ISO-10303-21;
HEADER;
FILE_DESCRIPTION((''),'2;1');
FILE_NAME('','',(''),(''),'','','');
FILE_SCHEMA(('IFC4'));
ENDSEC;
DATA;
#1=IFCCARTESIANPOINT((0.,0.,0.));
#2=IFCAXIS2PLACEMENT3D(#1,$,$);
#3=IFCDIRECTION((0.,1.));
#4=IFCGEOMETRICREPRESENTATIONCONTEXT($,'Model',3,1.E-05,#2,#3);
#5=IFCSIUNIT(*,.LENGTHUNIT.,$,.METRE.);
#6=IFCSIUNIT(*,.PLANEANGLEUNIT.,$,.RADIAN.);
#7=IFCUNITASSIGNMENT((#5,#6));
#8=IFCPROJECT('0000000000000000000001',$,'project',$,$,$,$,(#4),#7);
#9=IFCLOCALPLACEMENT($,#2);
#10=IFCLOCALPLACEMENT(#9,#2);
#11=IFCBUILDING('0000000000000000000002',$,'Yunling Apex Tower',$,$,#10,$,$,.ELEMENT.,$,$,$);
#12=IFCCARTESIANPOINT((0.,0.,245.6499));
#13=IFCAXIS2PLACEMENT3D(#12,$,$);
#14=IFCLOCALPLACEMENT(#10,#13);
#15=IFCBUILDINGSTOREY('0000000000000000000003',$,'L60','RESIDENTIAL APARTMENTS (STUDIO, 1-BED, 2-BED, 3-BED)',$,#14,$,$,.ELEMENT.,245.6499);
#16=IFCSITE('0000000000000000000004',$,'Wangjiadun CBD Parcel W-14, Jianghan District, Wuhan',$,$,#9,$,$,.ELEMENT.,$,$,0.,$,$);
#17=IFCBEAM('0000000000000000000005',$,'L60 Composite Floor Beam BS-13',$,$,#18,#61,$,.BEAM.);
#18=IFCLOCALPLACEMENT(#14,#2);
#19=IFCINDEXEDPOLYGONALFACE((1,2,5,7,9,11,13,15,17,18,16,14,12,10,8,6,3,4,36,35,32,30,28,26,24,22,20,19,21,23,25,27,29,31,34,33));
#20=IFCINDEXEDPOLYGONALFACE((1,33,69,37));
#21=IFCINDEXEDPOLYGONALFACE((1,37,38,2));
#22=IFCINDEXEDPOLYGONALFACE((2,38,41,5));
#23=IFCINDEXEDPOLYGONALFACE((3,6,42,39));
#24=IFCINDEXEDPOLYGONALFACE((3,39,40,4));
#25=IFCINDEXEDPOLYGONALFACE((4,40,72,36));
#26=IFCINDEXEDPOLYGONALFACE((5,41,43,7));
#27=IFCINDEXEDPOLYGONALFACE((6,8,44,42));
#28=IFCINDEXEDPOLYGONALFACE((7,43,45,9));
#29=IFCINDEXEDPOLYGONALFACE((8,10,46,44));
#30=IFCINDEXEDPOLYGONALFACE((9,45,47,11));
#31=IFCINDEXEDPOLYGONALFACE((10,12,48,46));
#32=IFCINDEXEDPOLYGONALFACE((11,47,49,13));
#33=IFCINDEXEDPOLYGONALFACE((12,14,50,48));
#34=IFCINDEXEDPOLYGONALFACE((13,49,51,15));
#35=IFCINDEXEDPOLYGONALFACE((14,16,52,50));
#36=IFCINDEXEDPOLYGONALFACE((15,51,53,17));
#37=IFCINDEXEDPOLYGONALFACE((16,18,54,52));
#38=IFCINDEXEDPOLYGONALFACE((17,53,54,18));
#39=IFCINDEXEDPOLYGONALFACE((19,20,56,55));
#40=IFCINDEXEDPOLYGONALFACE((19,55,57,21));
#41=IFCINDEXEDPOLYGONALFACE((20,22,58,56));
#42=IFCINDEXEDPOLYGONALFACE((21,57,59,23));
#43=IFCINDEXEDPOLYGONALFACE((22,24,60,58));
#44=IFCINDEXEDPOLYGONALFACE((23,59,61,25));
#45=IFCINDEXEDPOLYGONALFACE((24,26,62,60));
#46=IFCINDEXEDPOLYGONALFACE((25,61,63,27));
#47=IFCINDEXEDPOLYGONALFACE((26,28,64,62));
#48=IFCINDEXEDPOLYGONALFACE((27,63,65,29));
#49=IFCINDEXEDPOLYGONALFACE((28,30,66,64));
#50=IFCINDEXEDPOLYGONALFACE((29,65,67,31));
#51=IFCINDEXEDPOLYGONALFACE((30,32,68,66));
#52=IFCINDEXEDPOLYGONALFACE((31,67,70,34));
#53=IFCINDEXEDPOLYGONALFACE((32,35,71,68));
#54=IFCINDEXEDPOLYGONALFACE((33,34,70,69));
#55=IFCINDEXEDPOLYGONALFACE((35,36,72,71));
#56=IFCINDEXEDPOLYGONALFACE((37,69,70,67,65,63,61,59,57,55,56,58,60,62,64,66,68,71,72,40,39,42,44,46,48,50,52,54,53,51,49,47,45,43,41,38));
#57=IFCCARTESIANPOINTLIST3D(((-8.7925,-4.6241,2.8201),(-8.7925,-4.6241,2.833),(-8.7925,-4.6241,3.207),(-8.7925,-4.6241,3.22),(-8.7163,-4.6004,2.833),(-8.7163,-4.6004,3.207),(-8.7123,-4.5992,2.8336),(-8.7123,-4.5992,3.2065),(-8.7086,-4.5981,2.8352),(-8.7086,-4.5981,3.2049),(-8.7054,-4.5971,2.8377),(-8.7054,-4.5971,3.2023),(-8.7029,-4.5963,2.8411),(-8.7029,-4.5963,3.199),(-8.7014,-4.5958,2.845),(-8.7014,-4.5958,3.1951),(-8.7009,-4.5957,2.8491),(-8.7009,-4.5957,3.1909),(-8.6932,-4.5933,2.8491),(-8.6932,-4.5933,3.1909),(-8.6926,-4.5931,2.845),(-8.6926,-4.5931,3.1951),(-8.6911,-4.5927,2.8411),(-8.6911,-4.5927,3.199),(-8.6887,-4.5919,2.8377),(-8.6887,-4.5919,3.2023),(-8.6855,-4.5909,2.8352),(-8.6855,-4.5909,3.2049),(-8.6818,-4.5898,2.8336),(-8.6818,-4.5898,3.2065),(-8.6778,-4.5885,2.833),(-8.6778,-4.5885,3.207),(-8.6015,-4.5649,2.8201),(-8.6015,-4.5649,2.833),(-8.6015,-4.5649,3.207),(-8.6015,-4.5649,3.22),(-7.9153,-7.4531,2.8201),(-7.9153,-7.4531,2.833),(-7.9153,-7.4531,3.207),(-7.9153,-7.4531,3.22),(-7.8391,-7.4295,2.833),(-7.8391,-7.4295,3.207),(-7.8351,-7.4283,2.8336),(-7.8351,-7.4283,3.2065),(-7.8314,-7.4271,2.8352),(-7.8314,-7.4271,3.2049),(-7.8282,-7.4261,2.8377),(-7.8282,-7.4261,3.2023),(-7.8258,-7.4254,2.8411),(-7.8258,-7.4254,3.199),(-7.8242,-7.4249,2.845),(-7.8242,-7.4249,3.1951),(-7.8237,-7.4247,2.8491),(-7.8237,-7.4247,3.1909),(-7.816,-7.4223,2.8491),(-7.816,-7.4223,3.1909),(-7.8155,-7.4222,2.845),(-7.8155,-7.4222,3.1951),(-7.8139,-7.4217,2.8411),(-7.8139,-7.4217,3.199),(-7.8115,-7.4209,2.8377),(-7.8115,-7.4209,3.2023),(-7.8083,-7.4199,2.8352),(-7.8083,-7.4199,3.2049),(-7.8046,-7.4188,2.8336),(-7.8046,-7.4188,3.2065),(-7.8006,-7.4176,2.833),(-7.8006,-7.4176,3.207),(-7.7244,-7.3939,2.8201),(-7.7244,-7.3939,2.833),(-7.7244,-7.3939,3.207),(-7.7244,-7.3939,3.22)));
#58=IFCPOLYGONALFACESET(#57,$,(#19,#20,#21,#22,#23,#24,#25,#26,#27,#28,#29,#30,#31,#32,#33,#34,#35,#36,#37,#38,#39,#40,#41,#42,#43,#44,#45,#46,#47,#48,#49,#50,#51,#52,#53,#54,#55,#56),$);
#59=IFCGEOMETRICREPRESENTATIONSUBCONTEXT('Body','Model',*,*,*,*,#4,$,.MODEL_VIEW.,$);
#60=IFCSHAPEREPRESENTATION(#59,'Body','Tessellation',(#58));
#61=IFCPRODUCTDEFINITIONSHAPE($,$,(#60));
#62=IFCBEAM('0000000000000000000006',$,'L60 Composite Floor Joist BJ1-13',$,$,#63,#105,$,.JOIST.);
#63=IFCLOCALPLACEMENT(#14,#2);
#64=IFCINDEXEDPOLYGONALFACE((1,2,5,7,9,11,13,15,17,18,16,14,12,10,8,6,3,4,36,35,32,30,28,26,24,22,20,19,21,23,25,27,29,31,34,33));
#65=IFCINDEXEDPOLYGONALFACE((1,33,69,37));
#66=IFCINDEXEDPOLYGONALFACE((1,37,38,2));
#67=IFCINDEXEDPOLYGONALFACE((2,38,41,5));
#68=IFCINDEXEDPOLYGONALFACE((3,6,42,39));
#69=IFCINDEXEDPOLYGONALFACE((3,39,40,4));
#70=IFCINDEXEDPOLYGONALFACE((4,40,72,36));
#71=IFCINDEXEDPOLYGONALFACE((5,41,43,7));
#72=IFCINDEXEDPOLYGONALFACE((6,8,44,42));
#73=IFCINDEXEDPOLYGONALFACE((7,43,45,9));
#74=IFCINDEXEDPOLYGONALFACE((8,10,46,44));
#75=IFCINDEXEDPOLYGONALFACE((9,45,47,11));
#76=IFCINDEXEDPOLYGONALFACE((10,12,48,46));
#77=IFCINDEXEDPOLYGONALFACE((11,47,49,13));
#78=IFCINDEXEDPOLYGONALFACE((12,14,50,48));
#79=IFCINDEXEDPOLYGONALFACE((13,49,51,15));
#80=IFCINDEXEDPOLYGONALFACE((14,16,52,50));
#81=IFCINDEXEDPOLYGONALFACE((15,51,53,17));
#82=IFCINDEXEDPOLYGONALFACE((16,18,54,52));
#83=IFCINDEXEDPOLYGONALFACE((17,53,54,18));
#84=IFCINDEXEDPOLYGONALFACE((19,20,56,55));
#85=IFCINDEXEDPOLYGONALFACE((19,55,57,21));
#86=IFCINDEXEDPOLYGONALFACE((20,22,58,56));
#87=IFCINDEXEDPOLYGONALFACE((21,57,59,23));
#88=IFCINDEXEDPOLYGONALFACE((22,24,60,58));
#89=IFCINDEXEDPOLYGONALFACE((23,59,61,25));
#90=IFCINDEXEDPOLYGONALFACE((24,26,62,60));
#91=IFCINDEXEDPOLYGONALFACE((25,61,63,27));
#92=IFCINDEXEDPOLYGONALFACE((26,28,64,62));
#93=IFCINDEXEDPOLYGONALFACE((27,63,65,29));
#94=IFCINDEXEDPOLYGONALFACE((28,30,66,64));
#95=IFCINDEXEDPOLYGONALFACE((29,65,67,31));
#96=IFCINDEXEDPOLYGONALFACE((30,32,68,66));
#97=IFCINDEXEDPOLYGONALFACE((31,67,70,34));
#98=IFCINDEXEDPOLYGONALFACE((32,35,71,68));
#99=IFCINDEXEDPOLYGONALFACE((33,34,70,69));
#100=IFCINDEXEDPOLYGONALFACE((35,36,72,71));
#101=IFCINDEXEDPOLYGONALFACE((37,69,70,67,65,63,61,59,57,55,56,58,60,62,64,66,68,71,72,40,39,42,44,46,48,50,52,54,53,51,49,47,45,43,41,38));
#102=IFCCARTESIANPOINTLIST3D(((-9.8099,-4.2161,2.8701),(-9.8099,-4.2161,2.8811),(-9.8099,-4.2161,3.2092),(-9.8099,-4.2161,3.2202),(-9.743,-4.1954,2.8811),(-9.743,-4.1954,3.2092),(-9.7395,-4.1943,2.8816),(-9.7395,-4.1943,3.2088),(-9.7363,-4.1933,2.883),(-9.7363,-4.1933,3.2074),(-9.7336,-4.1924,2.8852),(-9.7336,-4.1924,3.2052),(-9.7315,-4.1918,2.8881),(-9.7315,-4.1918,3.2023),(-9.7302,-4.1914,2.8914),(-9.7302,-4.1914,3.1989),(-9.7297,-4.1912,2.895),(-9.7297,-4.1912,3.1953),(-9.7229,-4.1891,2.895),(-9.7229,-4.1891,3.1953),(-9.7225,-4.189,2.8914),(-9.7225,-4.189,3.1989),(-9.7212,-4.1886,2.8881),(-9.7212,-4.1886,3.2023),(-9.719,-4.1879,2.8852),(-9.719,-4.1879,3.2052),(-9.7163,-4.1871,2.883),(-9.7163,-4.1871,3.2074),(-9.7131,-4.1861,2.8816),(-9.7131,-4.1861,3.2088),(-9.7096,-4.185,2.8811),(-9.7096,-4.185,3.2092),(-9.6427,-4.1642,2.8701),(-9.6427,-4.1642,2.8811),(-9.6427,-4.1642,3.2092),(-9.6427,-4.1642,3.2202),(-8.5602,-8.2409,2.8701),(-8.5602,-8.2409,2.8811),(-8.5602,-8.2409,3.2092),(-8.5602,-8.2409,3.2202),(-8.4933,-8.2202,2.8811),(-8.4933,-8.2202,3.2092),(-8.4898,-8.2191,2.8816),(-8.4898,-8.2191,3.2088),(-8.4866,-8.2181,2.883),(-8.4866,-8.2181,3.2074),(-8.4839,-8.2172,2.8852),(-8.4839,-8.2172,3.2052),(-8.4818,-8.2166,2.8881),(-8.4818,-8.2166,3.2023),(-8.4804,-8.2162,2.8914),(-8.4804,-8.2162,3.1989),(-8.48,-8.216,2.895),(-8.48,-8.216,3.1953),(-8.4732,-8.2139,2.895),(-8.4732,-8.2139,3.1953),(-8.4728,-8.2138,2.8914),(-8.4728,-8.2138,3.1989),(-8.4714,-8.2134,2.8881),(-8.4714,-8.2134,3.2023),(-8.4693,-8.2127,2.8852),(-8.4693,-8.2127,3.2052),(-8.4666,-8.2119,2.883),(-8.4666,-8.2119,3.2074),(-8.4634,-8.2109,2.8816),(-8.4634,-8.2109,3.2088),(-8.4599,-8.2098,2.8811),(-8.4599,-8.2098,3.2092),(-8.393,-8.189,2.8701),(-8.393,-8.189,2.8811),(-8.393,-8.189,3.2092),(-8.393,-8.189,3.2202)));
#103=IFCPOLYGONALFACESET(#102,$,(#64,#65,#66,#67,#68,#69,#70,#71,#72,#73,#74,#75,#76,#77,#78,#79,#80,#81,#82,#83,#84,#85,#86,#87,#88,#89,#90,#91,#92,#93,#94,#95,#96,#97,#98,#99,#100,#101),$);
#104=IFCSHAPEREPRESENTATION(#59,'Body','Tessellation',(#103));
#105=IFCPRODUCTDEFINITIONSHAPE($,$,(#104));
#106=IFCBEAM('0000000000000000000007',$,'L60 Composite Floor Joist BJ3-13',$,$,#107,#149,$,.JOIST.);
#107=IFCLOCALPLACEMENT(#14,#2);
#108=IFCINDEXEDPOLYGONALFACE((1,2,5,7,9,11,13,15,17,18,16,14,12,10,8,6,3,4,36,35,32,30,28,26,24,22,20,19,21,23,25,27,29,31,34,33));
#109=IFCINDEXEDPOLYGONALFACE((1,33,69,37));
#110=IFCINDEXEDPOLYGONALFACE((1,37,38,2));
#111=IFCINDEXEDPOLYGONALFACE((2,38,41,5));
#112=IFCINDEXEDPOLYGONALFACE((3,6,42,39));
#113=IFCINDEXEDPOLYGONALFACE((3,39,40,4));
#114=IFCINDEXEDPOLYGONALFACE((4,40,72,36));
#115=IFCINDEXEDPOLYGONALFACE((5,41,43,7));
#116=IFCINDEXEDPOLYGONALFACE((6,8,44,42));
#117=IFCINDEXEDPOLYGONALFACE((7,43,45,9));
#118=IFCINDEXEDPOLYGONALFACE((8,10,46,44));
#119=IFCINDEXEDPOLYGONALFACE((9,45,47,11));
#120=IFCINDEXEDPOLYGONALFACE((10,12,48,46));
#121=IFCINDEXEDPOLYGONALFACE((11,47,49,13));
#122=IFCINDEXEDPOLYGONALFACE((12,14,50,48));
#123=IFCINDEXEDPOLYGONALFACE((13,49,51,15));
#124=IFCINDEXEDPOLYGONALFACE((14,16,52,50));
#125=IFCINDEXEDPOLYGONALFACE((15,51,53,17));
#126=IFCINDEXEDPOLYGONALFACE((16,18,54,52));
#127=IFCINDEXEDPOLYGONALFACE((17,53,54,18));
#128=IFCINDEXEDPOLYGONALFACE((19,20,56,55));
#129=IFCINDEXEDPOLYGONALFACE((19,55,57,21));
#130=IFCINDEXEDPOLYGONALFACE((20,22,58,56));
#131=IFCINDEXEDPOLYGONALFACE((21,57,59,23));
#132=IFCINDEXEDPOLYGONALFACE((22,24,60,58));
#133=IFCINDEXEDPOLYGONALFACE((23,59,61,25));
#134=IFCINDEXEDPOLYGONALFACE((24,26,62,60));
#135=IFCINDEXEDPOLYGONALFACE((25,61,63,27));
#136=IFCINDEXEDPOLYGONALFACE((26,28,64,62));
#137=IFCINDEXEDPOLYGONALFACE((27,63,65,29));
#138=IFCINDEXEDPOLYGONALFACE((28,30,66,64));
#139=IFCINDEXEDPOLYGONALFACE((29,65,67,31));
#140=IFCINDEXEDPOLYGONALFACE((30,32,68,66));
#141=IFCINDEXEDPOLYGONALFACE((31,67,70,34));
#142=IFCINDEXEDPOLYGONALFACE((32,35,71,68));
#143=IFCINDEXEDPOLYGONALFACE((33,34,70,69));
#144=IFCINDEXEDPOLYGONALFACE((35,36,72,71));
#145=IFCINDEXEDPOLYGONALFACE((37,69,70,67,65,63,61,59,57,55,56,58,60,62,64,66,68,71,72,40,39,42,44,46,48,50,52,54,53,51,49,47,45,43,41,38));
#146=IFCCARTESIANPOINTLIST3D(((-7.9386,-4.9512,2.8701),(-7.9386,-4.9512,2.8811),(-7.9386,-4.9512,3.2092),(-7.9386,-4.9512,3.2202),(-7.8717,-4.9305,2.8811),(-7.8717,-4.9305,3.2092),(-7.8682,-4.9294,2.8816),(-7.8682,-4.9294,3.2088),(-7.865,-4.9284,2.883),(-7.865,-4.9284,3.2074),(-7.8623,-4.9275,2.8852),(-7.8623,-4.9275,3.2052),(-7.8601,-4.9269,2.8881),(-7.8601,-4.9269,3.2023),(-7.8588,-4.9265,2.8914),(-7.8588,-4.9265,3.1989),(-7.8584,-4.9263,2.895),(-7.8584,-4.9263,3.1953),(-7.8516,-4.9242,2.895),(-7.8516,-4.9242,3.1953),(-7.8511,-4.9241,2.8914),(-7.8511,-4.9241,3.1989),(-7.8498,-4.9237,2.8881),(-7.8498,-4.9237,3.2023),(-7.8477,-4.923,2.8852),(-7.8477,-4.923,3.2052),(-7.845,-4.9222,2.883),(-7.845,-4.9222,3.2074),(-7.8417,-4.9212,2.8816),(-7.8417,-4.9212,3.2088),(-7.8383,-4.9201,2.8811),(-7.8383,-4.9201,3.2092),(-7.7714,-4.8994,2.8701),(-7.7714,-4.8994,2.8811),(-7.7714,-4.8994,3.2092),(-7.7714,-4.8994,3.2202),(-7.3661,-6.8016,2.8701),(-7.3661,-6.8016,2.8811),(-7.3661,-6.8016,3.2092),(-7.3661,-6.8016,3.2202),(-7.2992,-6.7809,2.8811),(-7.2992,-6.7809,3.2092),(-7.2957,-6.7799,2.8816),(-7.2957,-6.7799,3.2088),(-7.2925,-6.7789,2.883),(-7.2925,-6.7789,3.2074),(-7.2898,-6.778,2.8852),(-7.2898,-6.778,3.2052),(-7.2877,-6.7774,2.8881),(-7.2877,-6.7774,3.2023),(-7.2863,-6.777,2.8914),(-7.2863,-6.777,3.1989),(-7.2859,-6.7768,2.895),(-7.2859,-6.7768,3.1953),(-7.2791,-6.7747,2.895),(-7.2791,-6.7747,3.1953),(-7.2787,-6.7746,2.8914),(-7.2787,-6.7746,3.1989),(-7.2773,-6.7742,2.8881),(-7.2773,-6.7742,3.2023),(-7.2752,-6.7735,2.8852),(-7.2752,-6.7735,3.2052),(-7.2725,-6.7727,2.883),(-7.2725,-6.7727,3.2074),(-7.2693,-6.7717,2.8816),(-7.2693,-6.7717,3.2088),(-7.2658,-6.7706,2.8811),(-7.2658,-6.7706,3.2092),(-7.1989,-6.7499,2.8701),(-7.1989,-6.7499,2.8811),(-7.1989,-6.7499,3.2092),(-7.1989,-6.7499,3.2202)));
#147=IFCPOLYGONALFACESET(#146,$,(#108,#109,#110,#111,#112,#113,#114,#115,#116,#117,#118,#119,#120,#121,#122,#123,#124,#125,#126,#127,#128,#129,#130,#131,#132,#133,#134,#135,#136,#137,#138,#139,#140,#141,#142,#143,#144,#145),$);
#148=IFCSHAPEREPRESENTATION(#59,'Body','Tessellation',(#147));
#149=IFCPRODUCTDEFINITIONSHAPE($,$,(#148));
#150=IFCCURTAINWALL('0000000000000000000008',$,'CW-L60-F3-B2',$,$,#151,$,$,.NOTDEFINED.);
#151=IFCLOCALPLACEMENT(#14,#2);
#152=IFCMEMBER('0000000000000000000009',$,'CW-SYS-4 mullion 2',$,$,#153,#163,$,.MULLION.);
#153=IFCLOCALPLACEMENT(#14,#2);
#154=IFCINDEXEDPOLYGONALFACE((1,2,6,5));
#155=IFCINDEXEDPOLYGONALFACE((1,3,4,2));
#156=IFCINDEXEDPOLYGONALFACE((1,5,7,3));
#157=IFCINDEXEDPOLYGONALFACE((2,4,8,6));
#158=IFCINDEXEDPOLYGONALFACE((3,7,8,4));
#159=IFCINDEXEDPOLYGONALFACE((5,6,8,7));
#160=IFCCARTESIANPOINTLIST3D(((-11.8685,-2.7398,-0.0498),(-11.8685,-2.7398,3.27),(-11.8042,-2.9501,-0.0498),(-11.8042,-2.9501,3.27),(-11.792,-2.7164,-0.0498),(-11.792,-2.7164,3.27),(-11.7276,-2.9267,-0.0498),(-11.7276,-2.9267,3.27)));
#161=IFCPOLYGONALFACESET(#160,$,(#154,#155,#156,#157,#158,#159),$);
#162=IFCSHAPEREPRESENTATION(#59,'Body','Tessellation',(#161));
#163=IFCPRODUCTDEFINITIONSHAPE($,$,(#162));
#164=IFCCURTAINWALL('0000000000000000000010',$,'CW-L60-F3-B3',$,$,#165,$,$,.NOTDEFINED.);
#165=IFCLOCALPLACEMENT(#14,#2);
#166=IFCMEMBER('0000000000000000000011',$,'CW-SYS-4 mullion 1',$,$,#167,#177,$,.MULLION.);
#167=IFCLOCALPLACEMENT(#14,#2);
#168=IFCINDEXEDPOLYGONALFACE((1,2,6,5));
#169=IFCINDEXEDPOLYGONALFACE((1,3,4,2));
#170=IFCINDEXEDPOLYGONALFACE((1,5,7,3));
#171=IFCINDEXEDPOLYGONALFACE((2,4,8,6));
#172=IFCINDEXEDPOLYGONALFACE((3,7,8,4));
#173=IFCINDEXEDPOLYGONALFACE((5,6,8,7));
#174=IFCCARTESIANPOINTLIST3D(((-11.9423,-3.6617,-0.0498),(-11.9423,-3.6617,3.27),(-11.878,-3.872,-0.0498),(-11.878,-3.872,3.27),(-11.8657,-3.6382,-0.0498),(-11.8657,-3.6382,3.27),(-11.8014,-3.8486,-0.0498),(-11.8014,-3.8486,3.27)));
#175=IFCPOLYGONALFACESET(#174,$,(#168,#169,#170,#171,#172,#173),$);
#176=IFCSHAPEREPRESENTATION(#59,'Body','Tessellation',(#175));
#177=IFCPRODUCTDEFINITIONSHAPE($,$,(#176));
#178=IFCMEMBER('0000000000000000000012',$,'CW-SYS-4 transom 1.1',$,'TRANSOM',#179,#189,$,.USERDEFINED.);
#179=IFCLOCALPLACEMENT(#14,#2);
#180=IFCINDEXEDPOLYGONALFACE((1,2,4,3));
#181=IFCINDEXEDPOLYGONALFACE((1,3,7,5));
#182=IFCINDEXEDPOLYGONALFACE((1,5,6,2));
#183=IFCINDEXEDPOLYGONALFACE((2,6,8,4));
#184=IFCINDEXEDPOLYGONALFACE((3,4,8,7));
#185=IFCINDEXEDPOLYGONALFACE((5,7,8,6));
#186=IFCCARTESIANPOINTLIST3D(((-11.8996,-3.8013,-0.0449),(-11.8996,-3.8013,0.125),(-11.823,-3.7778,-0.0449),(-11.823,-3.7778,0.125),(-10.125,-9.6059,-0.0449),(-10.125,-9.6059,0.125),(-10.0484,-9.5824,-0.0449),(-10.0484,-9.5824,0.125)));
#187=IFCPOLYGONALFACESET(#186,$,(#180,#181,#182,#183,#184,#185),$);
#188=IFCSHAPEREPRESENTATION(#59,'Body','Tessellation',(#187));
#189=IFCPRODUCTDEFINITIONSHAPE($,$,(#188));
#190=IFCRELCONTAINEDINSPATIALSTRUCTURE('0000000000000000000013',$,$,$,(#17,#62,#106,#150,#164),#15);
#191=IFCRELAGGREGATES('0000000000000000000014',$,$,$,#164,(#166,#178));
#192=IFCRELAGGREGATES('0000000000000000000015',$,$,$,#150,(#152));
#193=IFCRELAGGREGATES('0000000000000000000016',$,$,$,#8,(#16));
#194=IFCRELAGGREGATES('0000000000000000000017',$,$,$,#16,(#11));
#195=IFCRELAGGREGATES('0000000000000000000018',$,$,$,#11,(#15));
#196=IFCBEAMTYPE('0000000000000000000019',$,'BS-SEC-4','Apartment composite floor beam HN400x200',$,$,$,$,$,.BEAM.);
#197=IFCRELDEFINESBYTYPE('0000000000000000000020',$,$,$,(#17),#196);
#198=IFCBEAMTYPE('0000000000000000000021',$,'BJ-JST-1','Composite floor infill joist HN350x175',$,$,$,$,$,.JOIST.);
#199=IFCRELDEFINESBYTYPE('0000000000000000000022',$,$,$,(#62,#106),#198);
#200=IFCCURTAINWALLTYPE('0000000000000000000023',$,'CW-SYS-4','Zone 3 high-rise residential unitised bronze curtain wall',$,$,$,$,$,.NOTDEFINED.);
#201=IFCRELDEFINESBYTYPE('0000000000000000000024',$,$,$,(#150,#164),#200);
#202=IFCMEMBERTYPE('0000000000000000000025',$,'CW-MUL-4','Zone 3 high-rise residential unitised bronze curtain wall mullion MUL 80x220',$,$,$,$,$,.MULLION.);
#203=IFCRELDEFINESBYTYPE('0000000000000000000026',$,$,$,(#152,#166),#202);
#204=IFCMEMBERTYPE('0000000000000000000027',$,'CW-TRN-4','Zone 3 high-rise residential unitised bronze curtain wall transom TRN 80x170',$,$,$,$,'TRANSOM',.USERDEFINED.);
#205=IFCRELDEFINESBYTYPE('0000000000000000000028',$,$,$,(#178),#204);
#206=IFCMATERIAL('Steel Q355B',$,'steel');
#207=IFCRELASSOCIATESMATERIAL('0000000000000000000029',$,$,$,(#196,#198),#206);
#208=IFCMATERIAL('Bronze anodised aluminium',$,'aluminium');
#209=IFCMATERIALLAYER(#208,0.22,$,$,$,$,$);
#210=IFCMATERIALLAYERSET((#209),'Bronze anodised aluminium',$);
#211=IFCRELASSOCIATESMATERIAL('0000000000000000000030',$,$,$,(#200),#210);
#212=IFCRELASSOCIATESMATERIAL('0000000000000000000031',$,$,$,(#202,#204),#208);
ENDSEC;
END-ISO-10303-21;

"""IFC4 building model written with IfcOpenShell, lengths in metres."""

from ifc_helpers import new_model, si_unit, direction, frame, origin, origin_2d, place, context, subcontext, project, spatial, rectangle, i_section, extrude, source, transform, mapped, material, layer, layer_set, material_profile, profile_set, type_object, element, aggregate, save


model = new_model("IFC4")

# Units and contexts
model_context = context("Model", 3, precision=1e-05, world=origin(), true_north=direction((0.0, 1.0)))
body_context = subcontext(model_context, "Body", "Model", "MODEL_VIEW")
ifc_project = project(units=[si_unit("LENGTHUNIT", "METRE"), si_unit("PLANEANGLEUNIT", "RADIAN")], contexts=[model_context])

# Site, building, storey
site_placement = place(None, origin())
site = spatial("IfcSite", under=ifc_project, at=site_placement, Name="Wangjiadun CBD Parcel W-14, Jianghan District, Wuhan", CompositionType="ELEMENT", RefElevation=0.0)
building_placement = place(site_placement, origin())
building = spatial("IfcBuilding", under=site, at=building_placement, Name="Yunling Apex Tower", CompositionType="ELEMENT")
storey_placement = place(building_placement, frame((0.0, 0.0, 245.6499)))
storey = spatial("IfcBuildingStorey", under=building, at=storey_placement, Name="L60", Description="RESIDENTIAL APARTMENTS (STUDIO, 1-BED, 2-BED, 3-BED)", CompositionType="ELEMENT", Elevation=245.6499)

# Beams
ifc_material_1 = material(Name="Steel Q355B", Category="steel")
ifc_material_profile_1 = material_profile(ifc_material_1, i_section(OverallWidth=0.2, OverallDepth=0.3999, WebThickness=0.0081, FlangeThickness=0.0129, FilletRadius=0.0161, at=origin_2d()))
ifc_profile_set_1 = profile_set([ifc_material_profile_1], Name="Steel Q355B")
beam_type_1 = type_object("IfcBeamType", Name="BS-SEC-4", Description="Apartment composite floor beam HN400x200", PredefinedType="BEAM", material=ifc_profile_set_1)
shared_shape_1 = source(origin(), body_context, "Body", "SweptSolid", [
    extrude(i_section(OverallWidth=0.2, OverallDepth=0.3999, WebThickness=0.0081, FlangeThickness=0.0129, FilletRadius=0.0161, at=origin_2d()), origin(), (0.0, 0.0, 1.0), 2.9619),
])
beam_1_placement = place(storey_placement, frame((-8.697, -4.5945, 3.02), z_axis=(0.296153, -0.955141, 0.0), x_axis=(0.955141, 0.296153, 0.0)))
element("IfcBeam", 1, at=beam_1_placement, inside=storey, type_object=beam_type_1, Name="L60 Composite Floor Beam BS-13", PredefinedType="BEAM", context=body_context, shape_type="MappedRepresentation", body=[
    mapped(shared_shape_1, transform((0.0, 0.0, 0.0), scale=1.0)),
])
ifc_material_profile_2 = material_profile(ifc_material_1, i_section(OverallWidth=0.175, OverallDepth=0.3501, WebThickness=0.0071, FlangeThickness=0.011, FilletRadius=0.0139, at=origin_2d()))
ifc_profile_set_2 = profile_set([ifc_material_profile_2], Name="Steel Q355B")
beam_type_2 = type_object("IfcBeamType", Name="BJ-JST-1", Description="Composite floor infill joist HN350x175", PredefinedType="JOIST", material=ifc_profile_set_2)
shared_shape_2 = source(origin(), body_context, "Body", "SweptSolid", [
    extrude(i_section(OverallWidth=0.175, OverallDepth=0.3501, WebThickness=0.0071, FlangeThickness=0.011, FilletRadius=0.0139, at=origin_2d()), origin(), (0.0, 0.0, 1.0), 4.2144),
])
beam_2_placement = place(storey_placement, frame((-9.7263, -4.1902, 3.0452), z_axis=(0.29654, -0.955021, 0.0), x_axis=(0.955021, 0.29654, 0.0)))
element("IfcBeam", 2, at=beam_2_placement, inside=storey, type_object=beam_type_2, Name="L60 Composite Floor Joist BJ1-13", PredefinedType="JOIST", context=body_context, shape_type="MappedRepresentation", body=[
    mapped(shared_shape_2, transform((0.0, 0.0, 0.0), scale=1.0)),
])
shared_shape_3 = source(origin(), body_context, "Body", "SweptSolid", [
    extrude(i_section(OverallWidth=0.175, OverallDepth=0.3501, WebThickness=0.0071, FlangeThickness=0.011, FilletRadius=0.0139, at=origin_2d()), origin(), (0.0, 0.0, 1.0), 1.937),
])
beam_3_placement = place(storey_placement, frame((-7.855, -4.9253, 3.0452), z_axis=(0.295547, -0.955328, 0.0), x_axis=(0.955328, 0.295547, 0.0)))
element("IfcBeam", 3, at=beam_3_placement, inside=storey, type_object=beam_type_2, Name="L60 Composite Floor Joist BJ3-13", PredefinedType="JOIST", context=body_context, shape_type="MappedRepresentation", body=[
    mapped(shared_shape_3, transform((0.0, 0.0, 0.0), scale=1.0)),
])

# Curtain wall, member
ifc_material_2 = material(Name="Bronze anodised aluminium", Category="aluminium")
ifc_layer_1 = layer(ifc_material_2, 0.22)
ifc_layer_set_1 = layer_set([ifc_layer_1], Name="Bronze anodised aluminium")
curtain_wall_type = type_object("IfcCurtainWallType", Name="CW-SYS-4", Description="Zone 3 high-rise residential unitised bronze curtain wall", PredefinedType="NOTDEFINED", material=ifc_layer_set_1)
curtain_wall_1_placement = place(storey_placement, origin())
curtain_wall_1 = element("IfcCurtainWall", 4, at=curtain_wall_1_placement, inside=storey, type_object=curtain_wall_type, Name="CW-L60-F3-B2", PredefinedType="NOTDEFINED")
ifc_material_profile_3 = material_profile(ifc_material_2, rectangle(XDim=0.0801, YDim=0.22, at=origin_2d()))
ifc_profile_set_3 = profile_set([ifc_material_profile_3], Name="Bronze anodised aluminium")
member_type_1 = type_object("IfcMemberType", Name="CW-MUL-4", Description="Zone 3 high-rise residential unitised bronze curtain wall mullion MUL 80x220", PredefinedType="MULLION", material=ifc_profile_set_3)
shared_shape_4 = source(origin(), body_context, "Body", "SweptSolid", [
    extrude(rectangle(XDim=0.0801, YDim=0.22, at=origin_2d()), origin(), (0.0, 0.0, 1.0), 3.3198),
])
member_1_placement = place(storey_placement, frame((-11.7981, -2.8333, -0.0498), z_axis=(0.0, 0.0, 1.0), x_axis=(0.956304, 0.292373, 0.0)))
member_1 = element("IfcMember", 5, at=member_1_placement, type_object=member_type_1, Name="CW-SYS-4 mullion 2", PredefinedType="MULLION", context=body_context, shape_type="MappedRepresentation", body=[
    mapped(shared_shape_4, transform((0.0, 0.0, 0.0), scale=1.0)),
])

# Curtain wall, members
curtain_wall_2_placement = place(storey_placement, origin())
curtain_wall_2 = element("IfcCurtainWall", 6, at=curtain_wall_2_placement, inside=storey, type_object=curtain_wall_type, Name="CW-L60-F3-B3", PredefinedType="NOTDEFINED")
member_2_placement = place(storey_placement, frame((-11.8718, -3.7551, -0.0498), z_axis=(0.0, 0.0, 1.0), x_axis=(0.956305, 0.292372, 0.0)))
member_2 = element("IfcMember", 7, at=member_2_placement, type_object=member_type_1, Name="CW-SYS-4 mullion 1", PredefinedType="MULLION", context=body_context, shape_type="MappedRepresentation", body=[
    mapped(shared_shape_4, transform((0.0, 0.0, 0.0), scale=1.0)),
])
ifc_material_profile_4 = material_profile(ifc_material_2, rectangle(XDim=0.0801, YDim=0.1699, at=origin_2d()))
ifc_profile_set_4 = profile_set([ifc_material_profile_4], Name="Bronze anodised aluminium")
member_type_2 = type_object("IfcMemberType", Name="CW-TRN-4", Description="Zone 3 high-rise residential unitised bronze curtain wall transom TRN 80x170", ElementType="TRANSOM", PredefinedType="USERDEFINED", material=ifc_profile_set_4)
shared_shape_5 = source(origin(), body_context, "Body", "SweptSolid", [
    extrude(rectangle(XDim=0.0801, YDim=0.1699, at=origin_2d()), origin(), (0.0, 0.0, 1.0), 6.0698),
])
member_3_placement = place(storey_placement, frame((-11.8613, -3.7896, 0.04), z_axis=(0.29237, -0.956305, 0.0), x_axis=(0.956305, 0.29237, 0.0)))
member_3 = element("IfcMember", 8, at=member_3_placement, type_object=member_type_2, Name="CW-SYS-4 transom 1.1", ObjectType="TRANSOM", PredefinedType="USERDEFINED", context=body_context, shape_type="MappedRepresentation", body=[
    mapped(shared_shape_5, transform((0.0, 0.0, 0.0), scale=1.0)),
])
aggregate(curtain_wall_2, [member_2, member_3])

aggregate(curtain_wall_1, [member_1])

save(model, "model.ifc")
